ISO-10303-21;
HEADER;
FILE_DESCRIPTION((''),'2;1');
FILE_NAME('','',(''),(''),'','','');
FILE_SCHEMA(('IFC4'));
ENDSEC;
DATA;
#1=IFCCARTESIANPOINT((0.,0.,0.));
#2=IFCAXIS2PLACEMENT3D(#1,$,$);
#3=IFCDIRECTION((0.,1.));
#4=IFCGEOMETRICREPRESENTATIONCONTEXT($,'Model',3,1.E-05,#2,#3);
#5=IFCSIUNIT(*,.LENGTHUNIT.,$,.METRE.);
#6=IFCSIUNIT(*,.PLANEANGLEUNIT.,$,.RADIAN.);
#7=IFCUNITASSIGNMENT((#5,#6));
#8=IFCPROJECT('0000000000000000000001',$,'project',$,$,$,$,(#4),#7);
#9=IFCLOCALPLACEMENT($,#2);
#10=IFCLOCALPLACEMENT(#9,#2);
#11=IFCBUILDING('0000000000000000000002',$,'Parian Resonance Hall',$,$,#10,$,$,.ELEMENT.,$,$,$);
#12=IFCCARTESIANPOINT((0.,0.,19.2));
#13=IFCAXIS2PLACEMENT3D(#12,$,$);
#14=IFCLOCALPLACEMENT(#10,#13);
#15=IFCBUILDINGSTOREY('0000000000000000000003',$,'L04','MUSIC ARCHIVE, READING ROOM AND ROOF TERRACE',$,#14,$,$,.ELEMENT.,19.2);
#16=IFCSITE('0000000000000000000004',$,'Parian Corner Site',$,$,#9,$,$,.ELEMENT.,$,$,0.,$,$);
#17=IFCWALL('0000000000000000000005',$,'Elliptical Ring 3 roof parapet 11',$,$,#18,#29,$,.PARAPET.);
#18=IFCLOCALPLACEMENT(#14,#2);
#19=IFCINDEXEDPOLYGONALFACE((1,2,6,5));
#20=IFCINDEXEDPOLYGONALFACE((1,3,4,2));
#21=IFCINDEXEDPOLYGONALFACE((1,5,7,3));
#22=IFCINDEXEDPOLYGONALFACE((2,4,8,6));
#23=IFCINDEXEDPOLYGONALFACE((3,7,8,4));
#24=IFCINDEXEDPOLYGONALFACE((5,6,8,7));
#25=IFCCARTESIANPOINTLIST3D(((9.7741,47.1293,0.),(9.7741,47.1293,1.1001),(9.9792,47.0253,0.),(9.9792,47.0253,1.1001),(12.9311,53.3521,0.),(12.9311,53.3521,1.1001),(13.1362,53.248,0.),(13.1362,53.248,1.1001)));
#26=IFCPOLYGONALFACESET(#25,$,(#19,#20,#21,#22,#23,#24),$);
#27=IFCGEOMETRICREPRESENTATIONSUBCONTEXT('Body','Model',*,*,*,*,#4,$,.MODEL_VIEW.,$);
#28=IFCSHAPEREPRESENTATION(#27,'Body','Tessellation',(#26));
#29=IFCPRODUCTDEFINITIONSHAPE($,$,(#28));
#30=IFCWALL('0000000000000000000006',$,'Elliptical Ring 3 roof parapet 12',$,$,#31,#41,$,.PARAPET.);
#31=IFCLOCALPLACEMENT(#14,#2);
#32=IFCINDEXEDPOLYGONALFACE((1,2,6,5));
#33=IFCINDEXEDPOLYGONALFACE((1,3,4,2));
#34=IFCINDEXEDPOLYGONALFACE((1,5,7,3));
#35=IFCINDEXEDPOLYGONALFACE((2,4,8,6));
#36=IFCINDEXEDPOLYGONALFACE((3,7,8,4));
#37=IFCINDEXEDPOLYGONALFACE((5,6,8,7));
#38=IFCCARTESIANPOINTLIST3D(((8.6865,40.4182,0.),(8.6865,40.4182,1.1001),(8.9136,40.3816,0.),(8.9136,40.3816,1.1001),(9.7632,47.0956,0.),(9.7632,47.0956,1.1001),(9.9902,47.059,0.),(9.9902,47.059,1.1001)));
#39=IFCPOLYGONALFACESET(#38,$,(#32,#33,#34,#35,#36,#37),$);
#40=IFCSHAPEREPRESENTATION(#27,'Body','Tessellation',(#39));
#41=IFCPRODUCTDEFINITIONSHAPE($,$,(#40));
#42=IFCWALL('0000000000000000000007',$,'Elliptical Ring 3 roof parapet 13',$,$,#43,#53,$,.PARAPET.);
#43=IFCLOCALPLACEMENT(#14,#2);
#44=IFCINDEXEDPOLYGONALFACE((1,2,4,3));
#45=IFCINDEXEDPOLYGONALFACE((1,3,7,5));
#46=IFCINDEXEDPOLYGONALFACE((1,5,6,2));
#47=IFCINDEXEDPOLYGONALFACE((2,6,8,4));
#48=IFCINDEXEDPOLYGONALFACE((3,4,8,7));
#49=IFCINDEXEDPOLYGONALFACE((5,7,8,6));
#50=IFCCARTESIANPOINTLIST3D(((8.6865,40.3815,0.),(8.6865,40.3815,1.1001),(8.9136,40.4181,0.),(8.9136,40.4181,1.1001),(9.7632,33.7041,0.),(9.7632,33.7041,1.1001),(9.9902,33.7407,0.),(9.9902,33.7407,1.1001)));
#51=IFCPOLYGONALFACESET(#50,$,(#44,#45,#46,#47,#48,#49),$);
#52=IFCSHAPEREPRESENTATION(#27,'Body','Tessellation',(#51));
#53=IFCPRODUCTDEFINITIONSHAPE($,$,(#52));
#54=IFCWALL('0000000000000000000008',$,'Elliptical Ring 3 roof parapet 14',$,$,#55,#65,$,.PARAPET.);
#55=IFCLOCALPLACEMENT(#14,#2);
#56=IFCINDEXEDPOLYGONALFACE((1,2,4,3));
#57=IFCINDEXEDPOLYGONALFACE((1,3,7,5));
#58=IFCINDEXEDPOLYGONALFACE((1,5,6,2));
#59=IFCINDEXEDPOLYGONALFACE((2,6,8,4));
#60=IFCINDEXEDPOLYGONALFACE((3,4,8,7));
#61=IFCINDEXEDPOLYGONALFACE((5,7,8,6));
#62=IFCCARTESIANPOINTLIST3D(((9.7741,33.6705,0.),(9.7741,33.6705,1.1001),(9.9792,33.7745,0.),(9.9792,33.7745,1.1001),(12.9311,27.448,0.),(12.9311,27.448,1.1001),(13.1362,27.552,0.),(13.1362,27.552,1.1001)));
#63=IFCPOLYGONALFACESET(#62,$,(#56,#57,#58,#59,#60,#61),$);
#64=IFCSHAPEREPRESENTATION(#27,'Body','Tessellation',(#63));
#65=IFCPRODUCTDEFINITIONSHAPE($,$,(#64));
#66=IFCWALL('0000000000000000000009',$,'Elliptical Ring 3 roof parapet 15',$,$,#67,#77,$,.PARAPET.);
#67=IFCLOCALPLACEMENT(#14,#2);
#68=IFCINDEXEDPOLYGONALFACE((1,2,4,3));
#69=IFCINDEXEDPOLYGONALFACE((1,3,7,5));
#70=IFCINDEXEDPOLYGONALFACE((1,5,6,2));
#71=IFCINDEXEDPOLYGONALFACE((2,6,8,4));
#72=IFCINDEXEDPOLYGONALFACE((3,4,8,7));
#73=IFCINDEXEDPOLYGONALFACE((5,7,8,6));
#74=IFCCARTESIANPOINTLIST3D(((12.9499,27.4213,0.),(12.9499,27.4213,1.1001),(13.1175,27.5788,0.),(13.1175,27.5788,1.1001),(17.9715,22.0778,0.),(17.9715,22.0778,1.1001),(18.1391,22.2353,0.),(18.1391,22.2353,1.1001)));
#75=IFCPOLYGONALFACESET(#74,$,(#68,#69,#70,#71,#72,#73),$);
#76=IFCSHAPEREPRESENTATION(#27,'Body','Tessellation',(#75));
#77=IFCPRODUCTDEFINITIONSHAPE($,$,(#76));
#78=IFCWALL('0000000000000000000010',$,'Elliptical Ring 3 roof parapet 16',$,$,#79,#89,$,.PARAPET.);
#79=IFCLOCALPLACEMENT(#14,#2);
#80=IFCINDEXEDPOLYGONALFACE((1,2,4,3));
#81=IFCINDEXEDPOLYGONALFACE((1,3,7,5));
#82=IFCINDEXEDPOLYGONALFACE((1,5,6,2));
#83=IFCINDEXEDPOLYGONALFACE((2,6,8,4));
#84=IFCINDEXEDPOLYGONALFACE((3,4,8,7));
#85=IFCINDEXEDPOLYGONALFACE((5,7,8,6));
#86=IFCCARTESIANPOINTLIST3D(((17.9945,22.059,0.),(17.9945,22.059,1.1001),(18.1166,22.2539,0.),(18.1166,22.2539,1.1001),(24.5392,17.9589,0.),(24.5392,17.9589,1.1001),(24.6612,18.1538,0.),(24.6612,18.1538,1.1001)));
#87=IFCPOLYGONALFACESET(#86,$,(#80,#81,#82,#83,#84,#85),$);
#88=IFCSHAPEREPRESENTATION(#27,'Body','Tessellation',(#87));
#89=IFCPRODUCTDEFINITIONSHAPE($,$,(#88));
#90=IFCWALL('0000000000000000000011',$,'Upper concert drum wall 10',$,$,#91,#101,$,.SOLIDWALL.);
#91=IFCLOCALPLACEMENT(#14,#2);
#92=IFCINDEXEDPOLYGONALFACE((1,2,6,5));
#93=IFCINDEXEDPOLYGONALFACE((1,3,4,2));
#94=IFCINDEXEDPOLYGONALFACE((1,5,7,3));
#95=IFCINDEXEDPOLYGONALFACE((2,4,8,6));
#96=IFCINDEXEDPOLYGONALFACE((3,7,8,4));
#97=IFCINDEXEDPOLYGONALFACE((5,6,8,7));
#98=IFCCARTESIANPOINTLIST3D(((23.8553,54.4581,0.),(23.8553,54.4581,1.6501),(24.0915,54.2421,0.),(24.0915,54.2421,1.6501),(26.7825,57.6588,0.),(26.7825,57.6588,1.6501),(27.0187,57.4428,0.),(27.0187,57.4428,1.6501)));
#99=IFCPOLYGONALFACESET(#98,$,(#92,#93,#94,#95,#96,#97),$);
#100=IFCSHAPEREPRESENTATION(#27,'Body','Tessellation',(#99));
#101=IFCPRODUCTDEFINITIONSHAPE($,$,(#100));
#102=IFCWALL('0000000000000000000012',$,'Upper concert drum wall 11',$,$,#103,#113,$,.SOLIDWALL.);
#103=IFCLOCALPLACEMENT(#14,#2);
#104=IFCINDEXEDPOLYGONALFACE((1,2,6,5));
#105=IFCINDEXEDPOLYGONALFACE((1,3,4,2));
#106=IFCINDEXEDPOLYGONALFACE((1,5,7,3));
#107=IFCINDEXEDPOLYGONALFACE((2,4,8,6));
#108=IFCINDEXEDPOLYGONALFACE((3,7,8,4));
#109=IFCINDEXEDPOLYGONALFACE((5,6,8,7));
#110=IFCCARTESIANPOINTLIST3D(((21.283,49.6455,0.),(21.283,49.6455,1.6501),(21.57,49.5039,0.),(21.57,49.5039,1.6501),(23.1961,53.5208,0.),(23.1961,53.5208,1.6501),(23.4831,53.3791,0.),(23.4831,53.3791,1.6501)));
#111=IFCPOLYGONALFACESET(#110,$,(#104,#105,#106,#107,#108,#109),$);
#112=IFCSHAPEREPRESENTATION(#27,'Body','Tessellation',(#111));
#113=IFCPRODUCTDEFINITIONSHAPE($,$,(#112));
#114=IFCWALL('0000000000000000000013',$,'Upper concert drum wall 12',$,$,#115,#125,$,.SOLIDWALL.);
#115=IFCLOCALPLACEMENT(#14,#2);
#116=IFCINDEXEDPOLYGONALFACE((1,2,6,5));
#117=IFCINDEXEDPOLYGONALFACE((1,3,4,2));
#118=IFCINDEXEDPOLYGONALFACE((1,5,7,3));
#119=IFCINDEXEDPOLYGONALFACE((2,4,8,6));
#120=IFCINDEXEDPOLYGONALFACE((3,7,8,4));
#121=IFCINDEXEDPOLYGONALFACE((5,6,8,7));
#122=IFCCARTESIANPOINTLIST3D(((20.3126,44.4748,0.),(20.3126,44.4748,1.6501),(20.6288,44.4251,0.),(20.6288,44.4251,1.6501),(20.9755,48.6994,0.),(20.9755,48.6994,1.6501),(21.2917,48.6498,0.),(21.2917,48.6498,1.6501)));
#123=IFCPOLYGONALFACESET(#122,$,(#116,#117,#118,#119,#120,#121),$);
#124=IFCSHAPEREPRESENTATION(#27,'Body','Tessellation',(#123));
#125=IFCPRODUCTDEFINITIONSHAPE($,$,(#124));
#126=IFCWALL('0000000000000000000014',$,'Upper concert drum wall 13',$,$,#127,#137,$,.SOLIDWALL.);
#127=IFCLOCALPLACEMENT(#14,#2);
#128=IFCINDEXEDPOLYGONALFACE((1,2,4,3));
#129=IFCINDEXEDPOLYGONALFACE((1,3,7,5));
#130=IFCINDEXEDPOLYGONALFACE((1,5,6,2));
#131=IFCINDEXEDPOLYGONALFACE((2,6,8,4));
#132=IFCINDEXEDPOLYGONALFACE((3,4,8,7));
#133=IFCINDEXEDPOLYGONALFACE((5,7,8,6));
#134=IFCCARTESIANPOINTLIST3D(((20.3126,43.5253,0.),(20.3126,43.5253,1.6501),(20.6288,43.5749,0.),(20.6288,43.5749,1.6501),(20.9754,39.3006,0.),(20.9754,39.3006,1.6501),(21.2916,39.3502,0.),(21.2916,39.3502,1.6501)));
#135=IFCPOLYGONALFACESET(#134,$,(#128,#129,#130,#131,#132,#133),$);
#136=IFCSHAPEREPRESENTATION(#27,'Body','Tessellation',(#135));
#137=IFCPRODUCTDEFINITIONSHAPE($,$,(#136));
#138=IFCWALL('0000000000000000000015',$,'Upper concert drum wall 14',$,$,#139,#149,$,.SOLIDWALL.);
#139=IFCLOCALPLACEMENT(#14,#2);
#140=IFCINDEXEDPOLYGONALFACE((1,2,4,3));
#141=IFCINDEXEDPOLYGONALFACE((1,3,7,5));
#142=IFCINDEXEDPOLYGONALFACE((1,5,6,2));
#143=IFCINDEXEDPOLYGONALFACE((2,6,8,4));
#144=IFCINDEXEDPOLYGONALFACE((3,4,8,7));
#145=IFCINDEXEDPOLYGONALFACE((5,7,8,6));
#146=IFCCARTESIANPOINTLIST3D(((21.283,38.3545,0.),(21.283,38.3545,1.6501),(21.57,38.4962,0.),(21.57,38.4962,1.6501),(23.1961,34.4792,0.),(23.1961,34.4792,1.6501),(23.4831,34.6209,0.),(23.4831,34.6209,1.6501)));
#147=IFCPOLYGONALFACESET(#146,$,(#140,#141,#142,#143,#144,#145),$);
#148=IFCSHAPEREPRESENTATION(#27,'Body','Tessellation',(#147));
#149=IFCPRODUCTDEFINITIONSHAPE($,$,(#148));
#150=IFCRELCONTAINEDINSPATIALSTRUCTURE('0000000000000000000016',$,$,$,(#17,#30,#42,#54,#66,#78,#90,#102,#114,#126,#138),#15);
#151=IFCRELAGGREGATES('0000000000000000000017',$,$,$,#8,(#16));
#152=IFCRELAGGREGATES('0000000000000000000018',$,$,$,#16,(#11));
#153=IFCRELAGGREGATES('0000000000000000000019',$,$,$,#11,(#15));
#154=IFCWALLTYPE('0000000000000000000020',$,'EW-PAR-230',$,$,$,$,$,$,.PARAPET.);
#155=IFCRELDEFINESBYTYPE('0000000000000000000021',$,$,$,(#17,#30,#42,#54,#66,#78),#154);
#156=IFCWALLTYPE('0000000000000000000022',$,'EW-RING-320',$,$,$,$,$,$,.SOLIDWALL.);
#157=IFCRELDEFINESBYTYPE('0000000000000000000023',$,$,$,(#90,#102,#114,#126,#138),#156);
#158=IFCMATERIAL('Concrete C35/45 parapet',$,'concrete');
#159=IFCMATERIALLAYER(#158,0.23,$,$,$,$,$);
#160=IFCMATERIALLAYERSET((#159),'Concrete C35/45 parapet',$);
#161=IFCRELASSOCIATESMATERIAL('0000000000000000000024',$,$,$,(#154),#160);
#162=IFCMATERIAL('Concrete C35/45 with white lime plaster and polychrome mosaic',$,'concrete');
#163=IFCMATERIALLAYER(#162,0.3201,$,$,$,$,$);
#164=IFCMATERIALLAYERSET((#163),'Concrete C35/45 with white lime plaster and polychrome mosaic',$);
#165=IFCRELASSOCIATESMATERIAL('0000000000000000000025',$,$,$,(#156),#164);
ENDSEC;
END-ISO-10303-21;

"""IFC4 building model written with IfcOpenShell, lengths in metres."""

from ifc_helpers import new_model, si_unit, direction, frame, frame_2d, origin, place, context, subcontext, project, spatial, rectangle, extrude, material, layer, layer_set, type_object, element, save


model = new_model("IFC4")

# Units and contexts
model_context = context("Model", 3, precision=1e-05, world=origin(), true_north=direction((0.0, 1.0)))
body_context = subcontext(model_context, "Body", "Model", "MODEL_VIEW")
ifc_project = project(units=[si_unit("LENGTHUNIT", "METRE"), si_unit("PLANEANGLEUNIT", "RADIAN")], contexts=[model_context])

# Site, building, storey
site_placement = place(None, origin())
site = spatial("IfcSite", under=ifc_project, at=site_placement, Name="Parian Corner Site", CompositionType="ELEMENT", RefElevation=0.0)
building_placement = place(site_placement, origin())
building = spatial("IfcBuilding", under=site, at=building_placement, Name="Parian Resonance Hall", CompositionType="ELEMENT")
storey_placement = place(building_placement, frame((0.0, 0.0, 19.2)))
storey = spatial("IfcBuildingStorey", under=building, at=storey_placement, Name="L04", Description="MUSIC ARCHIVE, READING ROOM AND ROOF TERRACE", CompositionType="ELEMENT", Elevation=19.2)

# Walls
ifc_material_1 = material(Name="Concrete C35/45 parapet", Category="concrete")
ifc_layer_1 = layer(ifc_material_1, 0.23)
ifc_layer_set_1 = layer_set([ifc_layer_1], Name="Concrete C35/45 parapet")
wall_type_1 = type_object("IfcWallType", Name="EW-PAR-230", PredefinedType="PARAPET", material=ifc_layer_set_1)
wall_1_placement = place(storey_placement, frame((9.8767, 47.0774, 0.0), z_axis=(0.0, 0.0, 1.0), x_axis=(0.45244, 0.891795, 0.0)))
element("IfcWall", 1, at=wall_1_placement, inside=storey, type_object=wall_type_1, Name="Elliptical Ring 3 roof parapet 11", PredefinedType="PARAPET", context=body_context, shape_type="SweptSolid", body=[
    extrude(rectangle(XDim=6.9778, YDim=0.23, at=frame_2d((3.4888, 0.0))), origin(), (0.0, 0.0, 1.0), 1.1001),
])
for number, where, z_axis, x_axis, name in (
    (2, (8.8, 40.3999, 0.0), (0.0, 0.0, 1.0), (0.159181, 0.987249, 0.0), "Elliptical Ring 3 roof parapet 12"),
    (3, (9.8767, 33.7224, 0.0), (0.0, 0.0, 1.0), (-0.159181, 0.987249, 0.0), "Elliptical Ring 3 roof parapet 13"),
):
    element("IfcWall", number, at=place(storey_placement, frame(where, z_axis=z_axis, x_axis=x_axis)), inside=storey, type_object=wall_type_1, Name=name, PredefinedType="PARAPET", context=body_context, shape_type="SweptSolid", body=[
        extrude(rectangle(XDim=6.7637, YDim=0.23, at=frame_2d((3.3818, 0.0))), origin(), (0.0, 0.0, 1.0), 1.1001),
    ])
wall_2_placement = place(storey_placement, frame((13.0337, 27.5, 0.0), z_axis=(0.0, 0.0, 1.0), x_axis=(-0.452454, 0.891788, 0.0)))
element("IfcWall", 4, at=wall_2_placement, inside=storey, type_object=wall_type_1, Name="Elliptical Ring 3 roof parapet 14", PredefinedType="PARAPET", context=body_context, shape_type="SweptSolid", body=[
    extrude(rectangle(XDim=6.9775, YDim=0.23, at=frame_2d((3.4888, 0.0))), origin(), (0.0, 0.0, 1.0), 1.1001),
])
wall_3_placement = place(storey_placement, frame((18.0554, 22.1565, 0.0), z_axis=(0.0, 0.0, 1.0), x_axis=(-0.684826, 0.728707, 0.0)))
element("IfcWall", 5, at=wall_3_placement, inside=storey, type_object=wall_type_1, Name="Elliptical Ring 3 roof parapet 15", PredefinedType="PARAPET", context=body_context, shape_type="SweptSolid", body=[
    extrude(rectangle(XDim=7.3328, YDim=0.23, at=frame_2d((3.6665, 0.0))), origin(), (0.0, 0.0, 1.0), 1.1001),
])
wall_4_placement = place(storey_placement, frame((24.6001, 18.0564, 0.0), z_axis=(0.0, 0.0, 1.0), x_axis=(-0.847435, 0.530899, 0.0)))
element("IfcWall", 6, at=wall_4_placement, inside=storey, type_object=wall_type_1, Name="Elliptical Ring 3 roof parapet 16", PredefinedType="PARAPET", context=body_context, shape_type="SweptSolid", body=[
    extrude(rectangle(XDim=7.7229, YDim=0.23, at=frame_2d((3.8613, 0.0))), origin(), (0.0, 0.0, 1.0), 1.1001),
])
ifc_material_2 = material(Name="Concrete C35/45 with white lime plaster and polychrome mosaic", Category="concrete")
ifc_layer_2 = layer(ifc_material_2, 0.3201)
ifc_layer_set_2 = layer_set([ifc_layer_2], Name="Concrete C35/45 with white lime plaster and polychrome mosaic")
wall_type_2 = type_object("IfcWallType", Name="EW-RING-320", PredefinedType="SOLIDWALL", material=ifc_layer_set_2)
wall_5_placement = place(storey_placement, frame((23.9734, 54.3501, 0.0), z_axis=(0.0, 0.0, 1.0), x_axis=(0.674883, 0.737925, 0.0)))
element("IfcWall", 7, at=wall_5_placement, inside=storey, type_object=wall_type_2, Name="Upper concert drum wall 10", PredefinedType="SOLIDWALL", context=body_context, shape_type="SweptSolid", body=[
    extrude(rectangle(XDim=4.3374, YDim=0.3201, at=frame_2d((2.1687, 0.0))), origin(), (0.0, 0.0, 1.0), 1.6501),
])
wall_6_placement = place(storey_placement, frame((21.4265, 49.5747, 0.0), z_axis=(0.0, 0.0, 1.0), x_axis=(0.442666, 0.896687, 0.0)))
element("IfcWall", 8, at=wall_6_placement, inside=storey, type_object=wall_type_2, Name="Upper concert drum wall 11", PredefinedType="SOLIDWALL", context=body_context, shape_type="SweptSolid", body=[
    extrude(rectangle(XDim=4.3218, YDim=0.3201, at=frame_2d((2.1609, 0.0))), origin(), (0.0, 0.0, 1.0), 1.6501),
])
for number, where, z_axis, x_axis, name in (
    (9, (20.4707, 44.45, 0.0), (0.0, 0.0, 1.0), (0.155004, 0.987914, 0.0), "Upper concert drum wall 12"),
    (10, (21.1335, 39.3254, 0.0), (0.0, 0.0, 1.0), (-0.155004, 0.987914, 0.0), "Upper concert drum wall 13"),
):
    element("IfcWall", number, at=place(storey_placement, frame(where, z_axis=z_axis, x_axis=x_axis)), inside=storey, type_object=wall_type_2, Name=name, PredefinedType="SOLIDWALL", context=body_context, shape_type="SweptSolid", body=[
        extrude(rectangle(XDim=4.2764, YDim=0.3201, at=frame_2d((2.1382, 0.0))), origin(), (0.0, 0.0, 1.0), 1.6501),
    ])
wall_7_placement = place(storey_placement, frame((23.3396, 34.55, 0.0), z_axis=(0.0, 0.0, 1.0), x_axis=(-0.442666, 0.896687, 0.0)))
element("IfcWall", 11, at=wall_7_placement, inside=storey, type_object=wall_type_2, Name="Upper concert drum wall 14", PredefinedType="SOLIDWALL", context=body_context, shape_type="SweptSolid", body=[
    extrude(rectangle(XDim=4.3218, YDim=0.3201, at=frame_2d((2.1609, 0.0))), origin(), (0.0, 0.0, 1.0), 1.6501),
])

save(model, "model.ifc")
